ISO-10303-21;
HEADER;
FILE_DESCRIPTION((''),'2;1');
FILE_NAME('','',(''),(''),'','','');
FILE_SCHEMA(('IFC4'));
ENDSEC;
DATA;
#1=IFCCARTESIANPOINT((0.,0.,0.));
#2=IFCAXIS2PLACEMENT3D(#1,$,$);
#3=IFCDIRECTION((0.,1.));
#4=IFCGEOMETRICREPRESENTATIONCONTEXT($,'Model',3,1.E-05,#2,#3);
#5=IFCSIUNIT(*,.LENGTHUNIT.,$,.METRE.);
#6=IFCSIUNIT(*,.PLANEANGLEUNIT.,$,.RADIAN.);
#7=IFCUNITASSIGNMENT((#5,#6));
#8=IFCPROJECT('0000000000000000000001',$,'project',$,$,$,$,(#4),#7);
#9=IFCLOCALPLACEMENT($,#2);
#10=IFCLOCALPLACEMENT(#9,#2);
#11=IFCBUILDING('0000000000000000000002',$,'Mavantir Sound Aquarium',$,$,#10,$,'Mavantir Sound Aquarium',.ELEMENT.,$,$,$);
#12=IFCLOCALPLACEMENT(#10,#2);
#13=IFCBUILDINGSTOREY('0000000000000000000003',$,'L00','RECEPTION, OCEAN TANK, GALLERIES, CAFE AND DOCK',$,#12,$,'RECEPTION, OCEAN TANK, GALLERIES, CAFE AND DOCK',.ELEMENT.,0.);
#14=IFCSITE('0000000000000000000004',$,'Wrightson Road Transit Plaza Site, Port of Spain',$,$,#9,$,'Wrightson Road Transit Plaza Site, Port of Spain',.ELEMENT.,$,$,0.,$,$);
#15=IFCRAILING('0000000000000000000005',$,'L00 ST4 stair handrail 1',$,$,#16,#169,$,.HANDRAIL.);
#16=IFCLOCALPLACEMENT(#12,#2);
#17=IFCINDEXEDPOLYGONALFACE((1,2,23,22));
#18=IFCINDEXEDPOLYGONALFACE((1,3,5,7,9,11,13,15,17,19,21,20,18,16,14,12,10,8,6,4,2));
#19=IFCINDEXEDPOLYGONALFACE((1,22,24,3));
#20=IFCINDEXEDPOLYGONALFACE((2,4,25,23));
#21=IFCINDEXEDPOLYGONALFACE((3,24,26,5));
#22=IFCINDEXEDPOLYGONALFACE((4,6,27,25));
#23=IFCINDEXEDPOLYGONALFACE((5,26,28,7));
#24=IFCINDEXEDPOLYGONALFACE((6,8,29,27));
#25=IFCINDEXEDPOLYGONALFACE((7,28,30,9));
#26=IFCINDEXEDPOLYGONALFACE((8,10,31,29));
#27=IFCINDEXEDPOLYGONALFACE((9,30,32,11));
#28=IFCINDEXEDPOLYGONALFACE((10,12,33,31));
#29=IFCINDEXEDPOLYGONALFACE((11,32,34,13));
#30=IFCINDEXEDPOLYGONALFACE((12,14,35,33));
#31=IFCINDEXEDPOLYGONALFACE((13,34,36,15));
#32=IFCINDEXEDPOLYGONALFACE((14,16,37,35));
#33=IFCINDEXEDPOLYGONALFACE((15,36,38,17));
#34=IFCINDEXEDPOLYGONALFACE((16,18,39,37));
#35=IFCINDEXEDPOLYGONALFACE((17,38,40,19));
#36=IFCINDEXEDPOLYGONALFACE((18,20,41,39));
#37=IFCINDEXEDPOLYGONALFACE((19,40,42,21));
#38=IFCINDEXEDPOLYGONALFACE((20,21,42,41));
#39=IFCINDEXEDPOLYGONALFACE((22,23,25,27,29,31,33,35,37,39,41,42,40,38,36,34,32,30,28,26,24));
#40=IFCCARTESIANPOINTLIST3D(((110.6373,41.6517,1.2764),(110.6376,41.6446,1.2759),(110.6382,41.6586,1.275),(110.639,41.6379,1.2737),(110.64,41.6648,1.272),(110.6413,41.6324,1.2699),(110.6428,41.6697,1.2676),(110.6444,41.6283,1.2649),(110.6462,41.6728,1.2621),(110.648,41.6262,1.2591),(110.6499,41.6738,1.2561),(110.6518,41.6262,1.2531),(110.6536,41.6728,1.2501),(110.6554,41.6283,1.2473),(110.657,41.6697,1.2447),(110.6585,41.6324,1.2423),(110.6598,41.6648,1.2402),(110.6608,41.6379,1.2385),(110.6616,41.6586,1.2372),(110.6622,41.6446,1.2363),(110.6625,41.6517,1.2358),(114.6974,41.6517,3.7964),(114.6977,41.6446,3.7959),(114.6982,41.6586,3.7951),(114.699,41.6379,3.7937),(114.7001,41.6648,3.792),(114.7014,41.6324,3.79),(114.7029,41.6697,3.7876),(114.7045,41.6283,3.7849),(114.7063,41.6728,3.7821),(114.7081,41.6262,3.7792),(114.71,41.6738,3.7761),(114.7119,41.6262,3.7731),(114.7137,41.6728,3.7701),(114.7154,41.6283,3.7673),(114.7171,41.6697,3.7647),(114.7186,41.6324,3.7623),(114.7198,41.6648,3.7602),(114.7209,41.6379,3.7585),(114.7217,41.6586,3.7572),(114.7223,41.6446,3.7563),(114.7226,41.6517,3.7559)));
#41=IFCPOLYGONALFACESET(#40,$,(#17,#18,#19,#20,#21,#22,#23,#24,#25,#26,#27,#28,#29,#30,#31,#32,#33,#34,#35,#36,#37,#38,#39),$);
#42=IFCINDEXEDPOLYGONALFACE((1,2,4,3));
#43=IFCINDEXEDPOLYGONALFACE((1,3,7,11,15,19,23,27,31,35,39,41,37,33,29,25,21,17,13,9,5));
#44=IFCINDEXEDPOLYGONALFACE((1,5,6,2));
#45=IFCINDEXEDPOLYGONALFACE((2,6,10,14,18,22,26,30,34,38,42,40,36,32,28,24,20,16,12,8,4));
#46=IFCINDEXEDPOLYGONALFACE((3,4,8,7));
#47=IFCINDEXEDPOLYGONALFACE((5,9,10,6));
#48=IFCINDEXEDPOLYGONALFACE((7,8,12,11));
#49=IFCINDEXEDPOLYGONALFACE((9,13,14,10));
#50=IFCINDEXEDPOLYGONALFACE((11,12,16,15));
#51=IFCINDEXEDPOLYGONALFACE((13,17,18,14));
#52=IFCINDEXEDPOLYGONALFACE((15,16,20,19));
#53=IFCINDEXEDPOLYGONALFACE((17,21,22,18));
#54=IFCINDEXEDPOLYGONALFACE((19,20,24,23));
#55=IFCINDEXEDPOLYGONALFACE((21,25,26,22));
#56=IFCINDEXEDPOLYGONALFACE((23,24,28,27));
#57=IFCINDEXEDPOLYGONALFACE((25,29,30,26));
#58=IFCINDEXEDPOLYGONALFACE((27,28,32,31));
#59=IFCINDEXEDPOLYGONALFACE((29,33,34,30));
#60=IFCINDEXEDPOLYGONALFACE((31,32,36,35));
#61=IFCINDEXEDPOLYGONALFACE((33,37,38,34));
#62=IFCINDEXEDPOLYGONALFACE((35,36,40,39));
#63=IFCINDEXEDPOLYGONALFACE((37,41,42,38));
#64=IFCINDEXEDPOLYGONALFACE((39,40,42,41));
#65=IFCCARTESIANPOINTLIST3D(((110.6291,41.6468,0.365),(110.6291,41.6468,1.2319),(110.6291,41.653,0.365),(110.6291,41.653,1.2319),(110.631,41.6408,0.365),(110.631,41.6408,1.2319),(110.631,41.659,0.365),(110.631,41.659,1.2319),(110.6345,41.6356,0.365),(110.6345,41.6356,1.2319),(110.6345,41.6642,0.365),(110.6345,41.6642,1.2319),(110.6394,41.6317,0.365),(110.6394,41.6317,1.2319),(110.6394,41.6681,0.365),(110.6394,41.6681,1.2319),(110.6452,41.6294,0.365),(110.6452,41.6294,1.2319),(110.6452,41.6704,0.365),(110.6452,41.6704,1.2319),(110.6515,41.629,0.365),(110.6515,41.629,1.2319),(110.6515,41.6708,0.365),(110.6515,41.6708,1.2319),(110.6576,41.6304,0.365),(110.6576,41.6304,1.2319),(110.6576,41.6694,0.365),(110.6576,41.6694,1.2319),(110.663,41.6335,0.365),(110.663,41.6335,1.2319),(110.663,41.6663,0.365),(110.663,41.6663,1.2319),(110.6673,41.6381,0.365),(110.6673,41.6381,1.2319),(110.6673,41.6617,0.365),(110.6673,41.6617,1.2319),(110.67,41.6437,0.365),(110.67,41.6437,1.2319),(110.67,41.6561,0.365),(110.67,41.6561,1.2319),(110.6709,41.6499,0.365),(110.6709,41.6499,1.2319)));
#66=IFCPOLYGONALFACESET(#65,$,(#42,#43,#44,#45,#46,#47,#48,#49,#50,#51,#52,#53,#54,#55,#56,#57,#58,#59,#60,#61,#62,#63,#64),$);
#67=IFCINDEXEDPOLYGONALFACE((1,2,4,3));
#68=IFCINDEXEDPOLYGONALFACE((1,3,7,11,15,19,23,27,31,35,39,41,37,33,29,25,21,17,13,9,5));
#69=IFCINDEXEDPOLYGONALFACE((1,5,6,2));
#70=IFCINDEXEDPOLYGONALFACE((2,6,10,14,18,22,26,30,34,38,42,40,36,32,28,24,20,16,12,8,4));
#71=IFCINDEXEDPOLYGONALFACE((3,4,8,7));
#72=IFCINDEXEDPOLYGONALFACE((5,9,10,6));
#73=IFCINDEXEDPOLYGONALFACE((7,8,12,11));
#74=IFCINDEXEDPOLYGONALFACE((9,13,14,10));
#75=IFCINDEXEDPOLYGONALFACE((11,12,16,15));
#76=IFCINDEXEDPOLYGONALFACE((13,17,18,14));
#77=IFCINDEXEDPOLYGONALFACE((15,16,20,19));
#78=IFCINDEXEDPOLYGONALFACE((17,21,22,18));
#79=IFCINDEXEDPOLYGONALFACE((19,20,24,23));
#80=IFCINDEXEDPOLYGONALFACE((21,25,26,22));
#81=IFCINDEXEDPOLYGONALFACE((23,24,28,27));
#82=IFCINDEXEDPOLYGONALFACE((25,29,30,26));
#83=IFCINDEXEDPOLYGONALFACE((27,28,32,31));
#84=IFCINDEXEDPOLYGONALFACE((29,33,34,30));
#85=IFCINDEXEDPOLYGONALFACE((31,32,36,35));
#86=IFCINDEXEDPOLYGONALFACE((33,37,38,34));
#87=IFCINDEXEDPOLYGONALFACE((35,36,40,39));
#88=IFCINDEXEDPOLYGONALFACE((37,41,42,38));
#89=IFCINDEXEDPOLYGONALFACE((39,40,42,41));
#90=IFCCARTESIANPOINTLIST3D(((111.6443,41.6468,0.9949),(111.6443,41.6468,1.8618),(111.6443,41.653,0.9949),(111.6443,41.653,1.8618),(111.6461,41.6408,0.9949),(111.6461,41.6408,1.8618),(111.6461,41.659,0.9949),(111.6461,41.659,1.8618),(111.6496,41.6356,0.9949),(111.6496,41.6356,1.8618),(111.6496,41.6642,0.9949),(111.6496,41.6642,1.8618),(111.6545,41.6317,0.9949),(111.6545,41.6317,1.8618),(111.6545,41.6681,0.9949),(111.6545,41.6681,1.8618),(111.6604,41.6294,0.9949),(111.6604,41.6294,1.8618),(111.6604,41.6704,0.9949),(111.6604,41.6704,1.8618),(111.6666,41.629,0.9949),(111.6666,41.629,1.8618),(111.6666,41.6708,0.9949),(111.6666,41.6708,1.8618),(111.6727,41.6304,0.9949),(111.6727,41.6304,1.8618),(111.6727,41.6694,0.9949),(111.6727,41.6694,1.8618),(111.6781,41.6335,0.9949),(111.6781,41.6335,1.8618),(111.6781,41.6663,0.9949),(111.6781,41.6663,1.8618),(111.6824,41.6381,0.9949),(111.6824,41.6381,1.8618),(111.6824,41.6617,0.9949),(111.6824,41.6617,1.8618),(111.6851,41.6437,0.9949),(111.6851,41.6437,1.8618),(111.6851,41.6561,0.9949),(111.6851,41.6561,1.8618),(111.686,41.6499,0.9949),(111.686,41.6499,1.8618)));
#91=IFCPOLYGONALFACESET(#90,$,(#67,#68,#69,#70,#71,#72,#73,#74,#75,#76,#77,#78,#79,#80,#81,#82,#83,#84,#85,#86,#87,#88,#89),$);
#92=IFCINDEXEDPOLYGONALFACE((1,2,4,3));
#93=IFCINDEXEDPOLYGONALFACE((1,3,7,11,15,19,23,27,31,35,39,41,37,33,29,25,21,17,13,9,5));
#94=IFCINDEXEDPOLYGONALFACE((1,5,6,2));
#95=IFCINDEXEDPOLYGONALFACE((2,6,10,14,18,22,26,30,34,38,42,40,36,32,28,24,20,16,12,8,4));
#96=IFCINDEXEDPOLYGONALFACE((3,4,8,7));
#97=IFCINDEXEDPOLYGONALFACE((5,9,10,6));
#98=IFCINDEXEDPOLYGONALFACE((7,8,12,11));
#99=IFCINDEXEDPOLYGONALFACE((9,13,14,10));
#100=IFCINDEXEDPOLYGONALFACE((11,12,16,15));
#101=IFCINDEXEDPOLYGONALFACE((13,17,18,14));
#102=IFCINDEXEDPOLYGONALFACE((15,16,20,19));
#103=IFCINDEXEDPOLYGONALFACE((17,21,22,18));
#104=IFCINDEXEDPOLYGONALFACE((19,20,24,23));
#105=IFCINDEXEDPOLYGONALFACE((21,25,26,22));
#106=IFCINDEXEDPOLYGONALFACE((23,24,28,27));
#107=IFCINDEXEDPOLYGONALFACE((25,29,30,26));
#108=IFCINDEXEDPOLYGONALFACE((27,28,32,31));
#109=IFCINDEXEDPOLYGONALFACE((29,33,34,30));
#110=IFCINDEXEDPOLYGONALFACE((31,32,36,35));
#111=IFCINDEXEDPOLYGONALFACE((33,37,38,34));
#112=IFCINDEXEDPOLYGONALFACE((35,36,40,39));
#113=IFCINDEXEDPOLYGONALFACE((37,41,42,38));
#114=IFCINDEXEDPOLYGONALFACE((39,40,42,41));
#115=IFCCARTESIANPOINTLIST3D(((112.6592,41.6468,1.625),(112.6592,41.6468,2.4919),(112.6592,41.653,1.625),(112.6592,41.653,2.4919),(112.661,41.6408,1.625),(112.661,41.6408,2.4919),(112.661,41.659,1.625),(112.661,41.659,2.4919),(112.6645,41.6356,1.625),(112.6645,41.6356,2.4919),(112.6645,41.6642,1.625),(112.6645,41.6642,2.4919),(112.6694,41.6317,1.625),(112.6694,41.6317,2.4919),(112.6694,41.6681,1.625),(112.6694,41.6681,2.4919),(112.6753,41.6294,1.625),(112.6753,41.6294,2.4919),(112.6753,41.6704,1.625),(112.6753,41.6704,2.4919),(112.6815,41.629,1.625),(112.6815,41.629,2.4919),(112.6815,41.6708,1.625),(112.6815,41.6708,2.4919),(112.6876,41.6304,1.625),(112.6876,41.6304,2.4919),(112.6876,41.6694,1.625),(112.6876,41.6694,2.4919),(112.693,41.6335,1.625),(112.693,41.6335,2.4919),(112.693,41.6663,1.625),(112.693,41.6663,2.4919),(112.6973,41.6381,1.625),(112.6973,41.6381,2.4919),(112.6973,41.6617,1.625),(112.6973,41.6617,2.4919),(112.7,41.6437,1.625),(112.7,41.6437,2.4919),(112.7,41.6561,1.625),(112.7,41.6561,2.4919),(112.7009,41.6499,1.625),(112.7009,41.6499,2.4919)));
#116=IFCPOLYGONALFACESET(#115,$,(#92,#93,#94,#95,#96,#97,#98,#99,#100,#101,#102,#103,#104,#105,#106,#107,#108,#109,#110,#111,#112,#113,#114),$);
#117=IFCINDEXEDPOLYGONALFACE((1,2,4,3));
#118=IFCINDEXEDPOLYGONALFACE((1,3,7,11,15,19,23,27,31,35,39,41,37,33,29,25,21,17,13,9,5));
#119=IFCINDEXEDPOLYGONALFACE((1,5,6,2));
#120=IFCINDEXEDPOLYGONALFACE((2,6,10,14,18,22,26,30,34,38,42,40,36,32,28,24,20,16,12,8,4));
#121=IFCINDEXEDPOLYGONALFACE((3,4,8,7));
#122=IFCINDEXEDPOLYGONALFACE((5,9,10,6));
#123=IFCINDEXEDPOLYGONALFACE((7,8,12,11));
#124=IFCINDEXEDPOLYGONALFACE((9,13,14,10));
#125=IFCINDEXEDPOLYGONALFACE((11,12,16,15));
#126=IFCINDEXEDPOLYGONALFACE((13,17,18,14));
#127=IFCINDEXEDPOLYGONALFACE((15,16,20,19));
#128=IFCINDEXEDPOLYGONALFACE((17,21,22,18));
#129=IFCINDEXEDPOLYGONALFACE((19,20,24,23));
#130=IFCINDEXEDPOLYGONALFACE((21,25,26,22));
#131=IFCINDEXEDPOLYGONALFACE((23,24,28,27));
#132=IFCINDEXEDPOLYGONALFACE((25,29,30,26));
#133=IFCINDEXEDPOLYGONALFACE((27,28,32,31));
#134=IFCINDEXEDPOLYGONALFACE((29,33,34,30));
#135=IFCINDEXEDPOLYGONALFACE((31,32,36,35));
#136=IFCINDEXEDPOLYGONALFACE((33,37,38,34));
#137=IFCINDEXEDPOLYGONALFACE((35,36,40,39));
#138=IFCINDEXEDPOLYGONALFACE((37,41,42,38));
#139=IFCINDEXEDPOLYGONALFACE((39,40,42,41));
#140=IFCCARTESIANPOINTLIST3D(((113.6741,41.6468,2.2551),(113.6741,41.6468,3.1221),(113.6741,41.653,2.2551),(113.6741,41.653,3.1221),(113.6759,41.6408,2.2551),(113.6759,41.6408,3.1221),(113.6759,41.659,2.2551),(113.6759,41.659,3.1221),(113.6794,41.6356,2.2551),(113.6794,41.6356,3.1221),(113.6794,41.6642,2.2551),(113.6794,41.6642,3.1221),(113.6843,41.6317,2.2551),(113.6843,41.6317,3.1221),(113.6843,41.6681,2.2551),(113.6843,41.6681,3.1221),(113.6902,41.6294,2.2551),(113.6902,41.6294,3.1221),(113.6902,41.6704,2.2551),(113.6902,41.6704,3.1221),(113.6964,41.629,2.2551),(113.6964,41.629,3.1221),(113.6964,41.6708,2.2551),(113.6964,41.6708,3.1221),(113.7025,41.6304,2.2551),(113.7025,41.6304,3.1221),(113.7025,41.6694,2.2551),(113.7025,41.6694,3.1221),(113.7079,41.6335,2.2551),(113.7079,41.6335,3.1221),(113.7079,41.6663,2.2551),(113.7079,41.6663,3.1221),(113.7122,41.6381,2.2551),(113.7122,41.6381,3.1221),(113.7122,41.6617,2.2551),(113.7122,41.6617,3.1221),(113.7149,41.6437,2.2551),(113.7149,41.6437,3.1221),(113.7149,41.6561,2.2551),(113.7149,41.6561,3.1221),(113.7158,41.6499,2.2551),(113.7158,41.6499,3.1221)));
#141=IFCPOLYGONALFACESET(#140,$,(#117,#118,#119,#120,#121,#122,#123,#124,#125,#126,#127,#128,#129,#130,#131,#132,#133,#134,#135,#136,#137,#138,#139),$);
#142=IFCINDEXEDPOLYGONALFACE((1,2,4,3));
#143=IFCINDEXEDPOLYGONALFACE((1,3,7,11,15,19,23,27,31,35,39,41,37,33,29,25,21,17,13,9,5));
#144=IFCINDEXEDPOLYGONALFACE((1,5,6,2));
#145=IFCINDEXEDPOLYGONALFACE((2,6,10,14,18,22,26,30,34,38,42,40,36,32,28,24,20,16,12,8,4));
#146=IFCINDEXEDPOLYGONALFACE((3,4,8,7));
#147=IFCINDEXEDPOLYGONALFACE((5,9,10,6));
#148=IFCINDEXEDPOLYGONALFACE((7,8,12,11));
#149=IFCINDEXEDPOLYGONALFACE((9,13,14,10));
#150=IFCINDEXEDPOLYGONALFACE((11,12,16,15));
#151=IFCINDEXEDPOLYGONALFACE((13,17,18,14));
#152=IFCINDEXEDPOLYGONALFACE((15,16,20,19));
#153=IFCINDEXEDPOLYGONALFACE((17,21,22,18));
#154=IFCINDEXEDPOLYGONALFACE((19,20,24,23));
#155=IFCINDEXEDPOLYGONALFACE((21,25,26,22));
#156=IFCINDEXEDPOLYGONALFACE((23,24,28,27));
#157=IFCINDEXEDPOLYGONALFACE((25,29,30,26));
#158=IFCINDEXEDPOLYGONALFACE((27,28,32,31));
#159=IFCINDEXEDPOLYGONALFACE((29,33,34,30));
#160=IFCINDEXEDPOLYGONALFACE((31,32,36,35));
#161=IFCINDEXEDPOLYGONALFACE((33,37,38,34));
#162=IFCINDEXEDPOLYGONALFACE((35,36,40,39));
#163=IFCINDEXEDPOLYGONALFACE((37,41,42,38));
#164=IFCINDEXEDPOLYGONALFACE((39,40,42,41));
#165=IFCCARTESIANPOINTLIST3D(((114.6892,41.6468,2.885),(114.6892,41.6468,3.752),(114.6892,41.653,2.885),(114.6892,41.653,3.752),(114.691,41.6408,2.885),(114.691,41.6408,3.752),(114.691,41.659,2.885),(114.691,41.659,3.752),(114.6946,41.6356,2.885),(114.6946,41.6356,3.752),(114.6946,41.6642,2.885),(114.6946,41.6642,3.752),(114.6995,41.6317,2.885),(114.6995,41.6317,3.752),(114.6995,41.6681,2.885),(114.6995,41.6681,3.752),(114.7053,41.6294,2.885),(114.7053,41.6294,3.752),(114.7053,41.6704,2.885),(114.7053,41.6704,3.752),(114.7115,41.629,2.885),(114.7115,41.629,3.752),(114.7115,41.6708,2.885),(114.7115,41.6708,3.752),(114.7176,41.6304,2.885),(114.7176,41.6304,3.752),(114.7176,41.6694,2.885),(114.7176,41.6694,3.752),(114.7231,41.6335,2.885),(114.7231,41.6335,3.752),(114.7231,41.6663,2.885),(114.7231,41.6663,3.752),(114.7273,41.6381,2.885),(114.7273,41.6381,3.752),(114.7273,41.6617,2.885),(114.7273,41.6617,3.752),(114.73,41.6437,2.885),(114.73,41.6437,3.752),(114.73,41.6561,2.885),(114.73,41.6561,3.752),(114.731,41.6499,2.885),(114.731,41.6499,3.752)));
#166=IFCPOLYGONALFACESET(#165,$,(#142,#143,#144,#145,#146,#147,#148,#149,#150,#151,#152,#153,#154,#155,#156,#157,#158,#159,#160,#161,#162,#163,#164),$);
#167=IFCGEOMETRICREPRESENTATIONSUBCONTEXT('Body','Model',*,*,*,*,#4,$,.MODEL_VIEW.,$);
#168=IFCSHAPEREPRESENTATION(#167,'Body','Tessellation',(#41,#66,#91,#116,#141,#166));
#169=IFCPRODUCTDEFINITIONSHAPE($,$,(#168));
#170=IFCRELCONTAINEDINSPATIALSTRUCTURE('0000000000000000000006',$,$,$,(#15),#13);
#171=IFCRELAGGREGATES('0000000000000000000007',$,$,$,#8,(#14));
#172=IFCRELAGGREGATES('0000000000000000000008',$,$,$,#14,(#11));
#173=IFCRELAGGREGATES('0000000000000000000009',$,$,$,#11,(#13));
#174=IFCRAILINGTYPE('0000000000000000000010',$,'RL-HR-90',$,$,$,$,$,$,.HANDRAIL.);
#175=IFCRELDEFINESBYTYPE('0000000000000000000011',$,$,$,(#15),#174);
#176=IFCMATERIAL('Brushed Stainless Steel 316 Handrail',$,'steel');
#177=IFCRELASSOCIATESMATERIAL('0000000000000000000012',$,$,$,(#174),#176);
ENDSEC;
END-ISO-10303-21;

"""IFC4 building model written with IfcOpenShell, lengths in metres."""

from ifc_helpers import new_model, si_unit, direction, frame, origin, origin_2d, place, context, subcontext, project, spatial, circle, extrude, material, type_object, element, save


model = new_model("IFC4")

# Units and contexts
model_context = context("Model", 3, precision=1e-05, world=origin(), true_north=direction((0.0, 1.0)))
body_context = subcontext(model_context, "Body", "Model", "MODEL_VIEW")
ifc_project = project(units=[si_unit("LENGTHUNIT", "METRE"), si_unit("PLANEANGLEUNIT", "RADIAN")], contexts=[model_context])

# Site, building, storey
site_placement = place(None, origin())
site = spatial("IfcSite", under=ifc_project, at=site_placement, Name="Wrightson Road Transit Plaza Site, Port of Spain", LongName="Wrightson Road Transit Plaza Site, Port of Spain", CompositionType="ELEMENT", RefElevation=0.0)
building_placement = place(site_placement, origin())
building = spatial("IfcBuilding", under=site, at=building_placement, Name="Mavantir Sound Aquarium", LongName="Mavantir Sound Aquarium", CompositionType="ELEMENT")
storey_placement = place(building_placement, origin())
storey = spatial("IfcBuildingStorey", under=building, at=storey_placement, Name="L00", Description="RECEPTION, OCEAN TANK, GALLERIES, CAFE AND DOCK", LongName="RECEPTION, OCEAN TANK, GALLERIES, CAFE AND DOCK", CompositionType="ELEMENT", Elevation=0.0)

# Railing
ifc_material_1 = material(Name="Brushed Stainless Steel 316 Handrail", Category="steel")
railing_type_1 = type_object("IfcRailingType", Name="RL-HR-90", PredefinedType="HANDRAIL", material=ifc_material_1)
railing_1_placement = place(storey_placement, frame((110.6499, 41.6499, 0.365)))
element("IfcRailing", 1, at=railing_1_placement, inside=storey, type_object=railing_type_1, Name="L00 ST4 stair handrail 1", PredefinedType="HANDRAIL", context=body_context, shape_type="SweptSolid", body=[
    extrude(circle(Radius=0.0239, at=origin_2d()), frame((0.0, 0.0, 0.8911), z_axis=(0.849642, 0.0, 0.52736), x_axis=(0.0, 1.0, 0.0)), (0.0, 0.0, 1.0), 4.7786),
    extrude(circle(Radius=0.021, at=origin_2d()), origin(), (0.0, 0.0, 1.0), 0.8669),
    extrude(circle(Radius=0.021, at=origin_2d()), frame((1.0151, 0.0, 0.6299)), (0.0, 0.0, 1.0), 0.8669),
    extrude(circle(Radius=0.021, at=origin_2d()), frame((2.03, 0.0, 1.26)), (0.0, 0.0, 1.0), 0.8669),
    extrude(circle(Radius=0.021, at=origin_2d()), frame((3.0449, 0.0, 1.8901)), (0.0, 0.0, 1.0), 0.8669),
    extrude(circle(Radius=0.021, at=origin_2d()), frame((4.0601, 0.0, 2.52)), (0.0, 0.0, 1.0), 0.8669),
])

save(model, "model.ifc")
